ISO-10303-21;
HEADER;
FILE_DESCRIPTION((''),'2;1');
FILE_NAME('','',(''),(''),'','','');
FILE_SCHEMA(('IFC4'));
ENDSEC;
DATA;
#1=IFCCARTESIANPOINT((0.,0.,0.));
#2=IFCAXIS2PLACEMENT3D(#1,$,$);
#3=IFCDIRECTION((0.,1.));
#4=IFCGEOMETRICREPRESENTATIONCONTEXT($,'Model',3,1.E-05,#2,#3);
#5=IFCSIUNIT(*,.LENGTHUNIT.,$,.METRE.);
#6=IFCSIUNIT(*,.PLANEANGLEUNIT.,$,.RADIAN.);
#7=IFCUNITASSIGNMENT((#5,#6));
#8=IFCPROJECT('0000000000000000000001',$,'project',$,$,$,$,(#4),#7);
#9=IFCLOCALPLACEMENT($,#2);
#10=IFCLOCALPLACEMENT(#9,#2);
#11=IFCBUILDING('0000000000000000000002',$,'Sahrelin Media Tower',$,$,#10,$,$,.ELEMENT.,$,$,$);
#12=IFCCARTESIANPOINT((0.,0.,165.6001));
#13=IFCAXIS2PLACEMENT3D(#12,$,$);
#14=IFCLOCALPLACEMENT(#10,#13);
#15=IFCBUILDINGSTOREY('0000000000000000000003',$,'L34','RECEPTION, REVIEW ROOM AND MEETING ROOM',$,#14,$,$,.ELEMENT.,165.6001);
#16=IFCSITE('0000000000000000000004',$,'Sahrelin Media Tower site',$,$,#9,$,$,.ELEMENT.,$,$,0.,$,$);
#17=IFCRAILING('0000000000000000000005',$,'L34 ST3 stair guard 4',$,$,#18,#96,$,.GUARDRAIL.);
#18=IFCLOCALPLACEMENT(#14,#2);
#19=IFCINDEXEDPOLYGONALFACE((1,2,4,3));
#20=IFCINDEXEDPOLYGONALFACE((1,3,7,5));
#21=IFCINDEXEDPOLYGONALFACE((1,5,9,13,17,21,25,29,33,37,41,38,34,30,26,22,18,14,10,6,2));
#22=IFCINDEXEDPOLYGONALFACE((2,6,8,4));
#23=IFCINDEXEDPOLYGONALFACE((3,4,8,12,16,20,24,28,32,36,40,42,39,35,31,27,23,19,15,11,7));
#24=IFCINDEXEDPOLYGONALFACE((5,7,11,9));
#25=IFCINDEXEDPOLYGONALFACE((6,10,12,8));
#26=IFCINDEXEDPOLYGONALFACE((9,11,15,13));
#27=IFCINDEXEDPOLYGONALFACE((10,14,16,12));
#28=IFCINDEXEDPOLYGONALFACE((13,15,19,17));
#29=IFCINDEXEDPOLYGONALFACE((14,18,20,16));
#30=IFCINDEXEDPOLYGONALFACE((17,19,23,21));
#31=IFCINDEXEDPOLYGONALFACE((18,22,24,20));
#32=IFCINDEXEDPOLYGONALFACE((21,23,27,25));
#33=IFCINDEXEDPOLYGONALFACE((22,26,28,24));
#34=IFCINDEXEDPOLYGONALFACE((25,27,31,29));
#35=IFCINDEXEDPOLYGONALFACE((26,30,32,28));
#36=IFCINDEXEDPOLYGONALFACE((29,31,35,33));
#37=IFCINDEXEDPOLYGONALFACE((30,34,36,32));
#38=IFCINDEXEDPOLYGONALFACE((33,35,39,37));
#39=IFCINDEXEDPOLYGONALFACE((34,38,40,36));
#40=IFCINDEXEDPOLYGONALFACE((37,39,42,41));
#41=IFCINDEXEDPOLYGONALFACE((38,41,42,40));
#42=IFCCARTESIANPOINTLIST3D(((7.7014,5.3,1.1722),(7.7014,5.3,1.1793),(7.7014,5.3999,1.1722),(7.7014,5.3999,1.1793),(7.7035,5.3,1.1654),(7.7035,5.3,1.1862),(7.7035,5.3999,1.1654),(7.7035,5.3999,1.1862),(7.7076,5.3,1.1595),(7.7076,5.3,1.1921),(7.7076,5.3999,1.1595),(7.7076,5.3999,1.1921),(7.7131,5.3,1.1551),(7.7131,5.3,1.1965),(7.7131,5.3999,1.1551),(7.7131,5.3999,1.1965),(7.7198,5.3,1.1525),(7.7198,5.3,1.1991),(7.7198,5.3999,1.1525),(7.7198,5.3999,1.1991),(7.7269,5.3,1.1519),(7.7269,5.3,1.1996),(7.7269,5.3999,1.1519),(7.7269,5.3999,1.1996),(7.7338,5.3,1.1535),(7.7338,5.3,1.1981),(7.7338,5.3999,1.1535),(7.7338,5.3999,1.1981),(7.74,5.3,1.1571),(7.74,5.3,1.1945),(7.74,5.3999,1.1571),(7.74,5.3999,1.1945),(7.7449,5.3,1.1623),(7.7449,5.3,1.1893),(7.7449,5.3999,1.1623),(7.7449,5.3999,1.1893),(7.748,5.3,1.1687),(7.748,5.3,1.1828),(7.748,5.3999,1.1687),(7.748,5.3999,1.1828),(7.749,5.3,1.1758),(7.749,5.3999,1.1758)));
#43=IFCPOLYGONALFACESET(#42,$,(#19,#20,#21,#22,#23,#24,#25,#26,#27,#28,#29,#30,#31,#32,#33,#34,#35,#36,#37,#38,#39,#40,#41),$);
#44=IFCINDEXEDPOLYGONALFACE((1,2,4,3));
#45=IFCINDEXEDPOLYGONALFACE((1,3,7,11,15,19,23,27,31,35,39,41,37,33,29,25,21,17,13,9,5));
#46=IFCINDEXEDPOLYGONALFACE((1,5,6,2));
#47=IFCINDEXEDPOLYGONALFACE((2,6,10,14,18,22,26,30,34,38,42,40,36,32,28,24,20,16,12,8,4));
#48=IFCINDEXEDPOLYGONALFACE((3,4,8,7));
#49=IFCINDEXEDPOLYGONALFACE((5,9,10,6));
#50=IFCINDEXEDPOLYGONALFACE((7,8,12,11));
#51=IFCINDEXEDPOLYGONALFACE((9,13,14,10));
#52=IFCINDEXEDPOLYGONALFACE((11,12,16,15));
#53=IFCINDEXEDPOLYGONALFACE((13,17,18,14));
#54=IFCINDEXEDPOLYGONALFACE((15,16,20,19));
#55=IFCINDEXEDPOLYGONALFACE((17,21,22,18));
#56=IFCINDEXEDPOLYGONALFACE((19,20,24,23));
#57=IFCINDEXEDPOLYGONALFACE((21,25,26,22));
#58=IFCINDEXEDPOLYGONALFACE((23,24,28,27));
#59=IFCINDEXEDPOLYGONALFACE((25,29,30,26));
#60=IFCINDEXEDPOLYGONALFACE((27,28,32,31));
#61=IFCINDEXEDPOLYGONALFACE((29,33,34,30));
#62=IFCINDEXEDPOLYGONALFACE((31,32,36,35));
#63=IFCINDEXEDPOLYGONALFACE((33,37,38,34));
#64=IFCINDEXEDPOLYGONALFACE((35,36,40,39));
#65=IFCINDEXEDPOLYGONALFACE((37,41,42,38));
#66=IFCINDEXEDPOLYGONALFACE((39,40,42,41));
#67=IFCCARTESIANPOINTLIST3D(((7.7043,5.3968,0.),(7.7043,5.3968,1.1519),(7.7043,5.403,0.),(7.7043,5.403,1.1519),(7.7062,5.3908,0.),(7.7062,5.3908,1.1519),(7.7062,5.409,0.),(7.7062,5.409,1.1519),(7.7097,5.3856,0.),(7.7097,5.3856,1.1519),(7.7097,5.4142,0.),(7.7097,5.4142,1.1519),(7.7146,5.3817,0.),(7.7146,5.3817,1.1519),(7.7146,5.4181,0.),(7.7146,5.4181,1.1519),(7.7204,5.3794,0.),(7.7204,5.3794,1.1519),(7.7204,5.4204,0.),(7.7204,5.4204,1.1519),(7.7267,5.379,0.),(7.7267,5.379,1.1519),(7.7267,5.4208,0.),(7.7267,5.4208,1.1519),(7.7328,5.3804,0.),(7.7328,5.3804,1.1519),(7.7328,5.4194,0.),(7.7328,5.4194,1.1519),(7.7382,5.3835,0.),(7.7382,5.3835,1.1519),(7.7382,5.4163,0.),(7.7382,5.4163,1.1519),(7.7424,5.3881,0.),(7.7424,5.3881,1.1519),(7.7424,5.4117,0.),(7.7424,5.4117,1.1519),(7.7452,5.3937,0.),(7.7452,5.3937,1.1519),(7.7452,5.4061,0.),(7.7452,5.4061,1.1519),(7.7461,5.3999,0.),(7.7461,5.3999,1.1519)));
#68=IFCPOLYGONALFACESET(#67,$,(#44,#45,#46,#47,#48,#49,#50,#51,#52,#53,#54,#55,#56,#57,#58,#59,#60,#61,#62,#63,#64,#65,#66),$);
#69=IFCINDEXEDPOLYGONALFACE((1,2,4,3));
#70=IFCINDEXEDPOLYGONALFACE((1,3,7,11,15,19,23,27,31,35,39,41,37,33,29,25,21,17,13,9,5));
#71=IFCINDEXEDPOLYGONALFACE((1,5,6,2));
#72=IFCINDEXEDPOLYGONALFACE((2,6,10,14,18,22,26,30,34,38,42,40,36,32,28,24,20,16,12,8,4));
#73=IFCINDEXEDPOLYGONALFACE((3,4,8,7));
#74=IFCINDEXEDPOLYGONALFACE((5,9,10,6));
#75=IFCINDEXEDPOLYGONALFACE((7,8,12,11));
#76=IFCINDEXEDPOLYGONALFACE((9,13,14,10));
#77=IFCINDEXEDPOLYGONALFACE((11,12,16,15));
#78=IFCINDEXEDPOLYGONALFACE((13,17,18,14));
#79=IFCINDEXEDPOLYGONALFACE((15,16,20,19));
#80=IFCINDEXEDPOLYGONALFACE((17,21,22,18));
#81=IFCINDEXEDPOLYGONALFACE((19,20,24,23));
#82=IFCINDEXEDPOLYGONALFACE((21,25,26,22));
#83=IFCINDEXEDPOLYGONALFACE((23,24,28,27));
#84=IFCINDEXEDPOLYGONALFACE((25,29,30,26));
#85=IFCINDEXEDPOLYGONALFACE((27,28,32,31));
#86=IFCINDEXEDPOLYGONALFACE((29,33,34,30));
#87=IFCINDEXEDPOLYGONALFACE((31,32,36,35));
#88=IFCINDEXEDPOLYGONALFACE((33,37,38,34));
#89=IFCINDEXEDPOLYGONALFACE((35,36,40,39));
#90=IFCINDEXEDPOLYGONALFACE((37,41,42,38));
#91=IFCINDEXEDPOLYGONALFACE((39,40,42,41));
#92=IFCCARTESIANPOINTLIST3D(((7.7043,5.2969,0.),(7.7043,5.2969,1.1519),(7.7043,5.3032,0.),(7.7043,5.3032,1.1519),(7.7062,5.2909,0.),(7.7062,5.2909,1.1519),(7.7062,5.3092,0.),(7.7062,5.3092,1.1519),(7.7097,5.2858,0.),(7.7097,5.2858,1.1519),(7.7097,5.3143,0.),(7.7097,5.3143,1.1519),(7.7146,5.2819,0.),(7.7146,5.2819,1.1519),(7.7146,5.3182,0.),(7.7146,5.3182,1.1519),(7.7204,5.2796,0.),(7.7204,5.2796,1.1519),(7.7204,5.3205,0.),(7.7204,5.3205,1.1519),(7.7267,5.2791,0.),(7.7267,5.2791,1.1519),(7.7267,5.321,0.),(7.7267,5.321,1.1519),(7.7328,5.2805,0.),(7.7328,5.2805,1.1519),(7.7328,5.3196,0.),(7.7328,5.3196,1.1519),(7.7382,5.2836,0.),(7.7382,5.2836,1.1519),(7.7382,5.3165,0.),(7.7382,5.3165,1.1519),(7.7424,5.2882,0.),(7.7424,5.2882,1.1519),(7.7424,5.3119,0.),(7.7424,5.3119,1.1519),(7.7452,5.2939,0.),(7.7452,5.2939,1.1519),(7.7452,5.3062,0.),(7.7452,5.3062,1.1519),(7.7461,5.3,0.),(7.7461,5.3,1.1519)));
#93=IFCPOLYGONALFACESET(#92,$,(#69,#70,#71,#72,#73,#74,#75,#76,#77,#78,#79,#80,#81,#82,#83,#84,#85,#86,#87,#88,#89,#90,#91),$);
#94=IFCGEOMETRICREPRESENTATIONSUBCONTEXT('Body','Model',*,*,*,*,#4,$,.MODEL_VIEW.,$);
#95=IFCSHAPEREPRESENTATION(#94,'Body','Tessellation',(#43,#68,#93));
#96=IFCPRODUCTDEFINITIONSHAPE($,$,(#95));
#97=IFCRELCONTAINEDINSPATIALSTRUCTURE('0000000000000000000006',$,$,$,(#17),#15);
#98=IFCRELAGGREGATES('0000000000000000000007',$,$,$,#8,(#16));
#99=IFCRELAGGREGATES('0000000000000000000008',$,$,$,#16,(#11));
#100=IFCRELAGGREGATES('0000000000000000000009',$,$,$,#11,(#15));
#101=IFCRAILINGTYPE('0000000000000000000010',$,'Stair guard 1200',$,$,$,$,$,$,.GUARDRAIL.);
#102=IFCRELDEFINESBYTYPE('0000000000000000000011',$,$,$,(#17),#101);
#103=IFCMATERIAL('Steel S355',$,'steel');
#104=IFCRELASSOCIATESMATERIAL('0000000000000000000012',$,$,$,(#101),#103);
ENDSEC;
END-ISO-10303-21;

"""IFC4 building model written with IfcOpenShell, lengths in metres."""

from ifc_helpers import new_model, si_unit, direction, frame, origin, origin_2d, place, context, subcontext, project, spatial, circle, extrude, material, type_object, element, save


model = new_model("IFC4")

# Units and contexts
model_context = context("Model", 3, precision=1e-05, world=origin(), true_north=direction((0.0, 1.0)))
body_context = subcontext(model_context, "Body", "Model", "MODEL_VIEW")
ifc_project = project(units=[si_unit("LENGTHUNIT", "METRE"), si_unit("PLANEANGLEUNIT", "RADIAN")], contexts=[model_context])

# Site, building, storey
site_placement = place(None, origin())
site = spatial("IfcSite", under=ifc_project, at=site_placement, Name="Sahrelin Media Tower site", CompositionType="ELEMENT", RefElevation=0.0)
building_placement = place(site_placement, origin())
building = spatial("IfcBuilding", under=site, at=building_placement, Name="Sahrelin Media Tower", CompositionType="ELEMENT")
storey_placement = place(building_placement, frame((0.0, 0.0, 165.6001)))
storey = spatial("IfcBuildingStorey", under=building, at=storey_placement, Name="L34", Description="RECEPTION, REVIEW ROOM AND MEETING ROOM", CompositionType="ELEMENT", Elevation=165.6001)

# Shared definitions
ifc_material_1 = material(Name="Steel S355", Category="steel")

# Railing
railing_type_1 = type_object("IfcRailingType", Name="Stair guard 1200", PredefinedType="GUARDRAIL", material=ifc_material_1)
railing_1_placement = place(storey_placement, frame((7.7251, 5.3999, 0.0)))
element("IfcRailing", 1, at=railing_1_placement, inside=storey, type_object=railing_type_1, Name="L34 ST3 stair guard 4", PredefinedType="GUARDRAIL", context=body_context, shape_type="SweptSolid", body=[
    extrude(circle(Radius=0.0239, at=origin_2d()), frame((0.0, 0.0, 1.1758), z_axis=(0.0, -1.0, 0.0), x_axis=(1.0, 0.0, 0.0)), (0.0, 0.0, 1.0), 0.0999),
    extrude(circle(Radius=0.021, at=origin_2d()), origin(), (0.0, 0.0, 1.0), 1.1519),
    extrude(circle(Radius=0.021, at=origin_2d()), frame((0.0, -0.0999, 0.0)), (0.0, 0.0, 1.0), 1.1519),
])

save(model, "model.ifc")
